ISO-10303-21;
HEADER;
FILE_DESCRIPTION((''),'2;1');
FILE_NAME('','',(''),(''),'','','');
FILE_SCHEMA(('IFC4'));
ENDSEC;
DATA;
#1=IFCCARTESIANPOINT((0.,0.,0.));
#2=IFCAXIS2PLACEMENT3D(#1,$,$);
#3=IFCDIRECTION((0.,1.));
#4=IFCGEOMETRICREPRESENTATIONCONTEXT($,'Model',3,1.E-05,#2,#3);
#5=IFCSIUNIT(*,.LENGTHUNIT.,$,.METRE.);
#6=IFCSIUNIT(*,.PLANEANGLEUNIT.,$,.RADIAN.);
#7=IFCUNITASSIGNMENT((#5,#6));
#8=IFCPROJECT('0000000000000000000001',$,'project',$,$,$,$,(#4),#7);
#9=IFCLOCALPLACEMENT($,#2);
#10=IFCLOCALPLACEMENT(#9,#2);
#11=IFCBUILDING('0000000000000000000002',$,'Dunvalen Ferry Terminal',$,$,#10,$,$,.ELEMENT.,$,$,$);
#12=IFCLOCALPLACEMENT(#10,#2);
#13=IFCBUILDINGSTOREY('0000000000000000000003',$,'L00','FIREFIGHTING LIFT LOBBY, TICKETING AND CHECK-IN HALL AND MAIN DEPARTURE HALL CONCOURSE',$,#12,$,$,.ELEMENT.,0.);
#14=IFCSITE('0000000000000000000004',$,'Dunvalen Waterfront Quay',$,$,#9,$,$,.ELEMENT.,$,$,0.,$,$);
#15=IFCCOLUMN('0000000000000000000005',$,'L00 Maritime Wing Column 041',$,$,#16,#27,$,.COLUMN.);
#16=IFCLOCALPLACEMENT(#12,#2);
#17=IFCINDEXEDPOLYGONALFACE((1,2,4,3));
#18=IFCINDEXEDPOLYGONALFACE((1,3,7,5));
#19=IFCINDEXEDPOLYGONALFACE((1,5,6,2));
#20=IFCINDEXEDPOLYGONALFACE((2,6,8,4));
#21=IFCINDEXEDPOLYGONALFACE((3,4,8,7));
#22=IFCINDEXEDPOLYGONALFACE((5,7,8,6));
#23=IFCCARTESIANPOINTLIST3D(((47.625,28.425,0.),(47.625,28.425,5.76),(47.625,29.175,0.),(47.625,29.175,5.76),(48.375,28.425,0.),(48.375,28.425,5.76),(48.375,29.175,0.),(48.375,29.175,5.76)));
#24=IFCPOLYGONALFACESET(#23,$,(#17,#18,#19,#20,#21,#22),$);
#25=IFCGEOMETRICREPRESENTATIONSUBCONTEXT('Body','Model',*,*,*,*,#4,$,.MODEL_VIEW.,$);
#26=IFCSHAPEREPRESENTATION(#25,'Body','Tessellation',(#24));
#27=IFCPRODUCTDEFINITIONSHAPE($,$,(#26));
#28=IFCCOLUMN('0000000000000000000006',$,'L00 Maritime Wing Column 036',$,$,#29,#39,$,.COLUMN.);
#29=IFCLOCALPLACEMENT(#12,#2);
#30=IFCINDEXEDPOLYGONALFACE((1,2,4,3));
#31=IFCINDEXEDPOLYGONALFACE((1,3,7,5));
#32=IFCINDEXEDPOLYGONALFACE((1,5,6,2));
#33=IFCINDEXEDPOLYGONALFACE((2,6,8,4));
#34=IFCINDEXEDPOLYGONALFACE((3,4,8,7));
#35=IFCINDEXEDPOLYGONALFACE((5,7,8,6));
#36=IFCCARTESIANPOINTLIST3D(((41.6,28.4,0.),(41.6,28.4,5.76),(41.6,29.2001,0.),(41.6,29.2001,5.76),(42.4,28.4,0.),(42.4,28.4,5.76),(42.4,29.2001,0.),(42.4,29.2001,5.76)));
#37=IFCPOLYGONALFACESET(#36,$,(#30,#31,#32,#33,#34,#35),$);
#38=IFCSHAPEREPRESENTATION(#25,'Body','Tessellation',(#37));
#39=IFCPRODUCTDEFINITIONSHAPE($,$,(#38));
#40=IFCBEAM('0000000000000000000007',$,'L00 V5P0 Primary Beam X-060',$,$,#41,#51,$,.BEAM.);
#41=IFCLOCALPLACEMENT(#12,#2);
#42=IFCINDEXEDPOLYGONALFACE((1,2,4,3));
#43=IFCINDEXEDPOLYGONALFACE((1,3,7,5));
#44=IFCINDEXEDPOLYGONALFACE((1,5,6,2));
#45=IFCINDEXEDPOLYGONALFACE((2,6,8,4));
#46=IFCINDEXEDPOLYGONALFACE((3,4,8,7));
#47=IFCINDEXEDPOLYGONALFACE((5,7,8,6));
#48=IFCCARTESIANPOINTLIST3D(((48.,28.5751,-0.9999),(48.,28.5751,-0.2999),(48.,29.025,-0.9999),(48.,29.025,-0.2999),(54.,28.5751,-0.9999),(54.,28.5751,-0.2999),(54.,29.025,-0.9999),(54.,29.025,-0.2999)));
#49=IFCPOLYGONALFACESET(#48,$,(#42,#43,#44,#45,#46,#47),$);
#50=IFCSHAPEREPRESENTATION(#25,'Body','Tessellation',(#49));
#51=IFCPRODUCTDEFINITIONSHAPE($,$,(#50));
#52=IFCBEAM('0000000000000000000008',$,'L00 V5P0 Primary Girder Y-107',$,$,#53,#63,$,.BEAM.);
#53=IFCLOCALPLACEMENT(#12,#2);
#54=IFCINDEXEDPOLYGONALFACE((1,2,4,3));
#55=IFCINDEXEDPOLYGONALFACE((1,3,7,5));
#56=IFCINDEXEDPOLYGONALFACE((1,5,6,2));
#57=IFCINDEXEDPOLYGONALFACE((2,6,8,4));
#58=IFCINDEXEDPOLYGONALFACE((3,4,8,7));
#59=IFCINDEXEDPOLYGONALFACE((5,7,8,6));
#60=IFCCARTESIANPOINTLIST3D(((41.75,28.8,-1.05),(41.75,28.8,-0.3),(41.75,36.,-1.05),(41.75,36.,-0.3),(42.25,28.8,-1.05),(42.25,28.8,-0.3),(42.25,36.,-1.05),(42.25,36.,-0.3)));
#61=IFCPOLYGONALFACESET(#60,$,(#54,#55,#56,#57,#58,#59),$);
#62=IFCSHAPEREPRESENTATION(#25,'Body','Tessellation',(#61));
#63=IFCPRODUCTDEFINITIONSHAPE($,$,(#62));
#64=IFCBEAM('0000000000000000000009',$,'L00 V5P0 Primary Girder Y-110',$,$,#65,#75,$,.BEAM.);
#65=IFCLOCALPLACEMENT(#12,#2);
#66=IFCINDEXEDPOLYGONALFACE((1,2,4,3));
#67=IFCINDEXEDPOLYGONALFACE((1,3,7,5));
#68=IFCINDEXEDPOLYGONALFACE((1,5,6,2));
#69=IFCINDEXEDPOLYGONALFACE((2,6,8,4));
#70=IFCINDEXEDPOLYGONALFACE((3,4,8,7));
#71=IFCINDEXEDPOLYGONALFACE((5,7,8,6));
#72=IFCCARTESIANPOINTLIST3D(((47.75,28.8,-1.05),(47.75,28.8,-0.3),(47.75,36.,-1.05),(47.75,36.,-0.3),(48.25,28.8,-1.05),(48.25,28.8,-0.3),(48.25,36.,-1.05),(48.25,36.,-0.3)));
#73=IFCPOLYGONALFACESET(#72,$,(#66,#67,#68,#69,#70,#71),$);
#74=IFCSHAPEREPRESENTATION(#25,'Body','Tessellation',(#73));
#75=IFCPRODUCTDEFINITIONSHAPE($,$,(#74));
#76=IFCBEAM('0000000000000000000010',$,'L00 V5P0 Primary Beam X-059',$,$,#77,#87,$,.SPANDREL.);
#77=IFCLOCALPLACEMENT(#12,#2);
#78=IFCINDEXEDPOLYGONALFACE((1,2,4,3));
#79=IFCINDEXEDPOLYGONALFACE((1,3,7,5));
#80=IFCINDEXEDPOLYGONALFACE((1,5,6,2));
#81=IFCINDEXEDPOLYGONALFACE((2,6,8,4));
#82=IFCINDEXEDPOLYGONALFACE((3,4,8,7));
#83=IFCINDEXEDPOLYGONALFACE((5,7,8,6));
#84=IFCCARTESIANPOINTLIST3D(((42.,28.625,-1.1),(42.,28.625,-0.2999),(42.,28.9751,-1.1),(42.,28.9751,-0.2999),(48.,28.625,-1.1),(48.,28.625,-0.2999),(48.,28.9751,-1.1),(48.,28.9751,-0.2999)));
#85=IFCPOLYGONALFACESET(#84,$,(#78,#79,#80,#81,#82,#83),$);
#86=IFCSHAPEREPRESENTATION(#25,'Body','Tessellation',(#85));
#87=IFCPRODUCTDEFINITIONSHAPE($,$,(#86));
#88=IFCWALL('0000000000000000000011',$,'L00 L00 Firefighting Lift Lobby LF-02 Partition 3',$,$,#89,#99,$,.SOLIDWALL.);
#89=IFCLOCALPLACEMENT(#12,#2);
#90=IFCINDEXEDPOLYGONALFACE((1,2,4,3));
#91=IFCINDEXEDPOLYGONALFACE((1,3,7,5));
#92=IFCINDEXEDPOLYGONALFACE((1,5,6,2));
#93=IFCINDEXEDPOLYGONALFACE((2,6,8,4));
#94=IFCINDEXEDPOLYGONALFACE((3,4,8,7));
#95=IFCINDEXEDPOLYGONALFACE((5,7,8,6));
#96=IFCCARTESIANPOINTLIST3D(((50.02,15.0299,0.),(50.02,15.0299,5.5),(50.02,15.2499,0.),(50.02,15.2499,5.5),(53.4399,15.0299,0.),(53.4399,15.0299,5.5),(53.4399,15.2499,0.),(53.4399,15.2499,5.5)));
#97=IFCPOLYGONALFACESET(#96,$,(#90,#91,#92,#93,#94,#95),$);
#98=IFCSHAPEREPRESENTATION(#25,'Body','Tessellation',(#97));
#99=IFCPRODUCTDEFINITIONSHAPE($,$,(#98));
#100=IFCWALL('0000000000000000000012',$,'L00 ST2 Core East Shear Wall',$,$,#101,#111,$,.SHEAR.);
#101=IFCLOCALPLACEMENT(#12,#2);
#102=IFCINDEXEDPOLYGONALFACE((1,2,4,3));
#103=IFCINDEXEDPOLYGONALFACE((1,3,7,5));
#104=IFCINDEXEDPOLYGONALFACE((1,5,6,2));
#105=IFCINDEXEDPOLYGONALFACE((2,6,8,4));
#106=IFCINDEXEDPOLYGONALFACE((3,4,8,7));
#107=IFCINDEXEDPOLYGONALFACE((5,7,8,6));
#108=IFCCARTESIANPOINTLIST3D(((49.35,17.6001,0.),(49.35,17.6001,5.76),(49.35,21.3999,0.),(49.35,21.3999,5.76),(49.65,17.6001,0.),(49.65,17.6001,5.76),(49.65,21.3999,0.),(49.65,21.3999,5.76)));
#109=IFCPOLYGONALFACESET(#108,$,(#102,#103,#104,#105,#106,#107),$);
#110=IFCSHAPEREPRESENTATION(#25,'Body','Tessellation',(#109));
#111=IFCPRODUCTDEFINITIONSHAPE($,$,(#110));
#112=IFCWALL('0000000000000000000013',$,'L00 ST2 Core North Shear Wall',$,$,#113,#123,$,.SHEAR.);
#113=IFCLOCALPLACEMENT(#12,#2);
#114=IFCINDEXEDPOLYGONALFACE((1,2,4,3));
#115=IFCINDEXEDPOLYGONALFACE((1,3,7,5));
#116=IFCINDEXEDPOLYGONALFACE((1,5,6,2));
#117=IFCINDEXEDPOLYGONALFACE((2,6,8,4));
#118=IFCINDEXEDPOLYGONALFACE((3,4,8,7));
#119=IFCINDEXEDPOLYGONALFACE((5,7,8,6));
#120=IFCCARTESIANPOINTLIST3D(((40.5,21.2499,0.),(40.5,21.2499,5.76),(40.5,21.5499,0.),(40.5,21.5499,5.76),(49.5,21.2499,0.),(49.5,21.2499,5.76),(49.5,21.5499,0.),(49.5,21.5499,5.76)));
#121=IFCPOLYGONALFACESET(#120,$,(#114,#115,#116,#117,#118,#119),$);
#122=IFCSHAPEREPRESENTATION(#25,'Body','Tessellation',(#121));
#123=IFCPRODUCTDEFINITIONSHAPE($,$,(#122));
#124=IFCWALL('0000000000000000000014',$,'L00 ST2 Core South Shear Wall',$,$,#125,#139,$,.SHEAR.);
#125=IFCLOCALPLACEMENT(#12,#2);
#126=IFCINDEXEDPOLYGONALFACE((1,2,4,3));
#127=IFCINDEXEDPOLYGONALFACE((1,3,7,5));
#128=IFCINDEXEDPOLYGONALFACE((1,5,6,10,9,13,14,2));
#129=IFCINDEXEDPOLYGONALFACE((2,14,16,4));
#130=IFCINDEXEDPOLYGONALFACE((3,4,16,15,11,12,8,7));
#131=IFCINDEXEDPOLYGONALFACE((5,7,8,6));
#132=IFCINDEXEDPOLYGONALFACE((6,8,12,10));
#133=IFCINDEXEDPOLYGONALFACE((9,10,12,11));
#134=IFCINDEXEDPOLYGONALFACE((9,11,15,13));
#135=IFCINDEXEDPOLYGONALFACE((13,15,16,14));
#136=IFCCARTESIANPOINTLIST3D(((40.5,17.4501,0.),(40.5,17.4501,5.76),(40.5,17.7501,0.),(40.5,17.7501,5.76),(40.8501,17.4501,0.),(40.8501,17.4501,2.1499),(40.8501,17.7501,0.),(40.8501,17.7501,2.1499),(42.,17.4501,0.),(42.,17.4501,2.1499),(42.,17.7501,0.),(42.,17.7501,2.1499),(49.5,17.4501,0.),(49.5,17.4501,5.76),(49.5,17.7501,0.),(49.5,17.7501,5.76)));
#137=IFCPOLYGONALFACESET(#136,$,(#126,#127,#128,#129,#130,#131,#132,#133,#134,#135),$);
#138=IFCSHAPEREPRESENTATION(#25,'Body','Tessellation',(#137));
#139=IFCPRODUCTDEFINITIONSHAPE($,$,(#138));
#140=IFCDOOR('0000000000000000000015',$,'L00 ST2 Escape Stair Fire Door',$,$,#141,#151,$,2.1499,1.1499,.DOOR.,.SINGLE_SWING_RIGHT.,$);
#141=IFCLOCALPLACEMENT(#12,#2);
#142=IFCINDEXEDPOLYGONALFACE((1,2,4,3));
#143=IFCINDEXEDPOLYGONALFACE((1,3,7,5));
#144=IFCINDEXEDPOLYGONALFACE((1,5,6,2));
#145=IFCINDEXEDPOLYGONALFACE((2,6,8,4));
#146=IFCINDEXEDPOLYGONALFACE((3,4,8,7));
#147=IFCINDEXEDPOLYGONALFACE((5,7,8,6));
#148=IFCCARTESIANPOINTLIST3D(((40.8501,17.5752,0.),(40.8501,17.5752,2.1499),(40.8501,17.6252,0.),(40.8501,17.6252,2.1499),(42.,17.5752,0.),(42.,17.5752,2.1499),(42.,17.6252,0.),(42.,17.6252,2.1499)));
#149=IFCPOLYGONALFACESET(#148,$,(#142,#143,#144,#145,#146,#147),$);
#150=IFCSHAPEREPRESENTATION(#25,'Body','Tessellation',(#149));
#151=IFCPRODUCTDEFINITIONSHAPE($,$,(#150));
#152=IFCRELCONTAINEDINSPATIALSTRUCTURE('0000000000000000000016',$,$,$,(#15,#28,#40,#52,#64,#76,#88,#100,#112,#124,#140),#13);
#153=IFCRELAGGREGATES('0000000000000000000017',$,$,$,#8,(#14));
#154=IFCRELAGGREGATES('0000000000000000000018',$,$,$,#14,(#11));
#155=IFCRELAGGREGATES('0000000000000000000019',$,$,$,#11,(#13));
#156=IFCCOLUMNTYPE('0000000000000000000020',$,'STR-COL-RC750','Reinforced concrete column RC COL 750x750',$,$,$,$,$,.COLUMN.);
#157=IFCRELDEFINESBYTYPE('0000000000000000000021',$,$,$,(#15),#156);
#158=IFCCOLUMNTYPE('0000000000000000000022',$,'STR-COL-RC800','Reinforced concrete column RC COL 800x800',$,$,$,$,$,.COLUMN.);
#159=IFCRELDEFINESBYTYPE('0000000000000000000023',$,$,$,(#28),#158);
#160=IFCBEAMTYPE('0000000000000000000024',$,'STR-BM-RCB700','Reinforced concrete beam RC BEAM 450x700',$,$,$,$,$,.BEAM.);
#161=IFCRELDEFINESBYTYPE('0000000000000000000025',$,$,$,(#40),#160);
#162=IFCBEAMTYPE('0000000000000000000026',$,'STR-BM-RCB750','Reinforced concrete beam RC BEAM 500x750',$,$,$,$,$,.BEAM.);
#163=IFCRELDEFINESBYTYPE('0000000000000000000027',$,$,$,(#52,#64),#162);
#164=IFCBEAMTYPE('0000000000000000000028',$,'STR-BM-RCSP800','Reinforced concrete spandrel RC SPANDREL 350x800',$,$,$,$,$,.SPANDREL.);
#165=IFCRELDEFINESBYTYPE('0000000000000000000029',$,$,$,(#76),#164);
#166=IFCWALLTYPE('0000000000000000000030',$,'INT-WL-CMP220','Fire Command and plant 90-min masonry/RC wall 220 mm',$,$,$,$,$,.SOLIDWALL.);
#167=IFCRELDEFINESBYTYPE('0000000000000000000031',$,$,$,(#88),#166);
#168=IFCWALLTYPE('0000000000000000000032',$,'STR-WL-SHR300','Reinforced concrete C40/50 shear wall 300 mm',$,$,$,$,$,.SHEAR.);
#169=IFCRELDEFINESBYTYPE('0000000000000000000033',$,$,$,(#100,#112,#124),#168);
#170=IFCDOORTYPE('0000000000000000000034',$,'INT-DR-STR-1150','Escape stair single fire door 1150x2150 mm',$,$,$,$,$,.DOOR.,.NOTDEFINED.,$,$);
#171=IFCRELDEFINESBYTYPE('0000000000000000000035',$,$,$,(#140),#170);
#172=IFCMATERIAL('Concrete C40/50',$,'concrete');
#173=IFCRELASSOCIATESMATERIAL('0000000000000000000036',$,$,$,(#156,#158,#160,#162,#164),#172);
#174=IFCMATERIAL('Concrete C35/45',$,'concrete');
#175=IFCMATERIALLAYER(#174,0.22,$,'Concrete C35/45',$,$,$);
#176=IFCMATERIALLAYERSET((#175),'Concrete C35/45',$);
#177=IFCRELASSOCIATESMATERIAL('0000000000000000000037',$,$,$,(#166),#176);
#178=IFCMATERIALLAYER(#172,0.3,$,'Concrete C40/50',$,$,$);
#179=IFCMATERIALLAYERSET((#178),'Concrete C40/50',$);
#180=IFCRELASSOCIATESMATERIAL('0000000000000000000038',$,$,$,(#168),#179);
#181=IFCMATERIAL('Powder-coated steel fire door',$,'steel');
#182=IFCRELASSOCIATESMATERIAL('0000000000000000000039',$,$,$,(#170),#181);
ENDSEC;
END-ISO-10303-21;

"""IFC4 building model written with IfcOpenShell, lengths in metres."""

from ifc_helpers import new_model, si_unit, direction, frame, frame_2d, origin, origin_2d, place, context, subcontext, project, spatial, rectangle, extrude, material, layer, layer_set, material_profile, profile_set, type_object, element, fill, save


model = new_model("IFC4")

# Units and contexts
model_context = context("Model", 3, precision=1e-05, world=origin(), true_north=direction((0.0, 1.0)))
body_context = subcontext(model_context, "Body", "Model", "MODEL_VIEW")
ifc_project = project(units=[si_unit("LENGTHUNIT", "METRE"), si_unit("PLANEANGLEUNIT", "RADIAN")], contexts=[model_context])

# Site, building, storey
site_placement = place(None, origin())
site = spatial("IfcSite", under=ifc_project, at=site_placement, Name="Dunvalen Waterfront Quay", CompositionType="ELEMENT", RefElevation=0.0)
building_placement = place(site_placement, origin())
building = spatial("IfcBuilding", under=site, at=building_placement, Name="Dunvalen Ferry Terminal", CompositionType="ELEMENT")
storey_placement = place(building_placement, origin())
storey = spatial("IfcBuildingStorey", under=building, at=storey_placement, Name="L00", Description="FIREFIGHTING LIFT LOBBY, TICKETING AND CHECK-IN HALL AND MAIN DEPARTURE HALL CONCOURSE", CompositionType="ELEMENT", Elevation=0.0)

# Columns
ifc_material_1 = material(Name="Concrete C40/50", Category="concrete")
ifc_material_profile_1 = material_profile(ifc_material_1, rectangle(XDim=0.75, YDim=0.75, at=origin_2d()), Name="Concrete C40/50")
ifc_profile_set_1 = profile_set([ifc_material_profile_1], Name="Concrete C40/50")
column_type_1 = type_object("IfcColumnType", Name="STR-COL-RC750", Description="Reinforced concrete column RC COL 750x750", PredefinedType="COLUMN", material=ifc_profile_set_1)
column_1_placement = place(storey_placement, frame((48.0, 28.8, 0.0), z_axis=(0.0, 0.0, 1.0), x_axis=(1.0, 0.0, 0.0)))
element("IfcColumn", 1, at=column_1_placement, inside=storey, type_object=column_type_1, Name="L00 Maritime Wing Column 041", PredefinedType="COLUMN", context=body_context, shape_type="SweptSolid", body=[
    extrude(rectangle(XDim=0.75, YDim=0.75, at=origin_2d()), origin(), (0.0, 0.0, 1.0), 5.76),
])
ifc_material_profile_2 = material_profile(ifc_material_1, rectangle(XDim=0.8, YDim=0.8, at=origin_2d()), Name="Concrete C40/50")
ifc_profile_set_2 = profile_set([ifc_material_profile_2], Name="Concrete C40/50")
column_type_2 = type_object("IfcColumnType", Name="STR-COL-RC800", Description="Reinforced concrete column RC COL 800x800", PredefinedType="COLUMN", material=ifc_profile_set_2)
column_2_placement = place(storey_placement, frame((42.0, 28.8, 0.0), z_axis=(0.0, 0.0, 1.0), x_axis=(1.0, 0.0, 0.0)))
element("IfcColumn", 2, at=column_2_placement, inside=storey, type_object=column_type_2, Name="L00 Maritime Wing Column 036", PredefinedType="COLUMN", context=body_context, shape_type="SweptSolid", body=[
    extrude(rectangle(XDim=0.8, YDim=0.8, at=origin_2d()), origin(), (0.0, 0.0, 1.0), 5.76),
])

# Beams
ifc_material_profile_3 = material_profile(ifc_material_1, rectangle(XDim=0.45, YDim=0.7, at=origin_2d()), Name="Concrete C40/50")
ifc_profile_set_3 = profile_set([ifc_material_profile_3], Name="Concrete C40/50")
beam_type_1 = type_object("IfcBeamType", Name="STR-BM-RCB700", Description="Reinforced concrete beam RC BEAM 450x700", PredefinedType="BEAM", material=ifc_profile_set_3)
beam_1_placement = place(storey_placement, frame((48.0, 28.8, -0.6499), z_axis=(1.0, 0.0, 0.0), x_axis=(0.0, 1.0, 0.0)))
element("IfcBeam", 3, at=beam_1_placement, inside=storey, type_object=beam_type_1, Name="L00 V5P0 Primary Beam X-060", PredefinedType="BEAM", context=body_context, shape_type="SweptSolid", body=[
    extrude(rectangle(XDim=0.45, YDim=0.7, at=origin_2d()), origin(), (0.0, 0.0, 1.0), 6.0),
])
ifc_material_profile_4 = material_profile(ifc_material_1, rectangle(XDim=0.5, YDim=0.75, at=origin_2d()), Name="Concrete C40/50")
ifc_profile_set_4 = profile_set([ifc_material_profile_4], Name="Concrete C40/50")
beam_type_2 = type_object("IfcBeamType", Name="STR-BM-RCB750", Description="Reinforced concrete beam RC BEAM 500x750", PredefinedType="BEAM", material=ifc_profile_set_4)
for number, where, z_axis, x_axis, name in (
    (4, (42.0, 28.8, -0.675), (0.0, 1.0, 0.0), (-1.0, 0.0, 0.0), "L00 V5P0 Primary Girder Y-107"),
    (5, (48.0, 28.8, -0.675), (0.0, 1.0, 0.0), (-1.0, 0.0, 0.0), "L00 V5P0 Primary Girder Y-110"),
):
    element("IfcBeam", number, at=place(storey_placement, frame(where, z_axis=z_axis, x_axis=x_axis)), inside=storey, type_object=beam_type_2, Name=name, PredefinedType="BEAM", context=body_context, shape_type="SweptSolid", body=[
        extrude(rectangle(XDim=0.5, YDim=0.75, at=origin_2d()), origin(), (0.0, 0.0, 1.0), 7.2),
    ])
ifc_material_profile_5 = material_profile(ifc_material_1, rectangle(XDim=0.3501, YDim=0.8, at=origin_2d()), Name="Concrete C40/50")
ifc_profile_set_5 = profile_set([ifc_material_profile_5], Name="Concrete C40/50")
beam_type_3 = type_object("IfcBeamType", Name="STR-BM-RCSP800", Description="Reinforced concrete spandrel RC SPANDREL 350x800", PredefinedType="SPANDREL", material=ifc_profile_set_5)
beam_2_placement = place(storey_placement, frame((42.0, 28.8, -0.7), z_axis=(1.0, 0.0, 0.0), x_axis=(0.0, 1.0, 0.0)))
element("IfcBeam", 6, at=beam_2_placement, inside=storey, type_object=beam_type_3, Name="L00 V5P0 Primary Beam X-059", PredefinedType="SPANDREL", context=body_context, shape_type="SweptSolid", body=[
    extrude(rectangle(XDim=0.3501, YDim=0.8, at=origin_2d()), origin(), (0.0, 0.0, 1.0), 6.0),
])

# Shared definitions
ifc_material_2 = material(Name="Concrete C35/45", Category="concrete")
ifc_layer_1 = layer(ifc_material_2, 0.22, Name="Concrete C35/45")
ifc_layer_set_1 = layer_set([ifc_layer_1], Name="Concrete C35/45")
wall_type_1 = type_object("IfcWallType", Name="INT-WL-CMP220", Description="Fire Command and plant 90-min masonry/RC wall 220 mm", PredefinedType="SOLIDWALL", material=ifc_layer_set_1)
ifc_material_3 = material(Name="Powder-coated steel fire door", Category="steel")

# Walls
wall_1_placement = place(storey_placement, frame((50.02, 15.1399, 0.0), z_axis=(0.0, 0.0, 1.0), x_axis=(1.0, 0.0, 0.0)))
element("IfcWall", 7, at=wall_1_placement, inside=storey, type_object=wall_type_1, Name="L00 L00 Firefighting Lift Lobby LF-02 Partition 3", PredefinedType="SOLIDWALL", context=body_context, shape_type="SweptSolid", body=[
    extrude(rectangle(XDim=3.4199, YDim=0.22, at=frame_2d((1.71, 0.0))), origin(), (0.0, 0.0, 1.0), 5.5),
])
ifc_layer_2 = layer(ifc_material_1, 0.3, Name="Concrete C40/50")
ifc_layer_set_2 = layer_set([ifc_layer_2], Name="Concrete C40/50")
wall_type_2 = type_object("IfcWallType", Name="STR-WL-SHR300", Description="Reinforced concrete C40/50 shear wall 300 mm", PredefinedType="SHEAR", material=ifc_layer_set_2)
wall_2_placement = place(storey_placement, frame((49.5, 17.6001, 0.0), z_axis=(0.0, 0.0, 1.0), x_axis=(0.0, 1.0, 0.0)))
element("IfcWall", 8, at=wall_2_placement, inside=storey, type_object=wall_type_2, Name="L00 ST2 Core East Shear Wall", PredefinedType="SHEAR", context=body_context, shape_type="SweptSolid", body=[
    extrude(rectangle(XDim=3.7998, YDim=0.3, at=frame_2d((1.8999, 0.0))), origin(), (0.0, 0.0, 1.0), 5.76),
])
wall_3_placement = place(storey_placement, frame((40.5, 21.3999, 0.0), z_axis=(0.0, 0.0, 1.0), x_axis=(1.0, 0.0, 0.0)))
element("IfcWall", 9, at=wall_3_placement, inside=storey, type_object=wall_type_2, Name="L00 ST2 Core North Shear Wall", PredefinedType="SHEAR", context=body_context, shape_type="SweptSolid", body=[
    extrude(rectangle(XDim=9.0, YDim=0.3, at=frame_2d((4.5, 0.0))), origin(), (0.0, 0.0, 1.0), 5.76),
])

# Wall, opening, door
wall_4_placement = place(storey_placement, frame((40.5, 17.6001, 0.0), z_axis=(0.0, 0.0, 1.0), x_axis=(1.0, 0.0, 0.0)))
wall_4 = element("IfcWall", 10, at=wall_4_placement, inside=storey, type_object=wall_type_2, Name="L00 ST2 Core South Shear Wall", PredefinedType="SHEAR", context=body_context, shape_type="SweptSolid", body=[
    extrude(rectangle(XDim=9.0, YDim=0.3, at=frame_2d((4.5, 0.0))), origin(), (0.0, 0.0, 1.0), 5.76),
])
opening_1_placement = place(wall_4_placement, frame((0.3501, 0.0, 0.0)))
opening_1 = element("IfcOpeningElement", 11, at=opening_1_placement, cuts=wall_4, PredefinedType="OPENING", context=body_context, shape_type="SweptSolid", body=[
    extrude(rectangle(XDim=1.1499, YDim=2.1499, at=frame_2d((0.575, 1.075))), frame((0.0, 0.1602, 0.0), z_axis=(0.0, -1.0, 0.0), x_axis=(1.0, 0.0, 0.0)), (0.0, 0.0, 1.0), 0.3201),
])
door_type_1 = type_object("IfcDoorType", Name="INT-DR-STR-1150", Description="Escape stair single fire door 1150x2150 mm", OperationType="NOTDEFINED", PredefinedType="DOOR", material=ifc_material_3)
door_1_placement = place(opening_1_placement, frame((1.1499, 0.0, 0.0), z_axis=(0.0, 0.0, 1.0), x_axis=(-1.0, 0.0, 0.0)))
door_1 = element("IfcDoor", 12, at=door_1_placement, inside=storey, type_object=door_type_1, Name="L00 ST2 Escape Stair Fire Door", OperationType="SINGLE_SWING_RIGHT", OverallHeight=2.1499, OverallWidth=1.1499, PredefinedType="DOOR", context=body_context, shape_type="SweptSolid", body=[
    extrude(rectangle(XDim=1.1499, YDim=2.1499, at=frame_2d((0.575, 1.075))), frame((0.0, 0.0249, 0.0), z_axis=(0.0, -1.0, 0.0), x_axis=(1.0, 0.0, 0.0)), (0.0, 0.0, 1.0), 0.05),
])
fill(opening_1, door_1)

save(model, "model.ifc")
